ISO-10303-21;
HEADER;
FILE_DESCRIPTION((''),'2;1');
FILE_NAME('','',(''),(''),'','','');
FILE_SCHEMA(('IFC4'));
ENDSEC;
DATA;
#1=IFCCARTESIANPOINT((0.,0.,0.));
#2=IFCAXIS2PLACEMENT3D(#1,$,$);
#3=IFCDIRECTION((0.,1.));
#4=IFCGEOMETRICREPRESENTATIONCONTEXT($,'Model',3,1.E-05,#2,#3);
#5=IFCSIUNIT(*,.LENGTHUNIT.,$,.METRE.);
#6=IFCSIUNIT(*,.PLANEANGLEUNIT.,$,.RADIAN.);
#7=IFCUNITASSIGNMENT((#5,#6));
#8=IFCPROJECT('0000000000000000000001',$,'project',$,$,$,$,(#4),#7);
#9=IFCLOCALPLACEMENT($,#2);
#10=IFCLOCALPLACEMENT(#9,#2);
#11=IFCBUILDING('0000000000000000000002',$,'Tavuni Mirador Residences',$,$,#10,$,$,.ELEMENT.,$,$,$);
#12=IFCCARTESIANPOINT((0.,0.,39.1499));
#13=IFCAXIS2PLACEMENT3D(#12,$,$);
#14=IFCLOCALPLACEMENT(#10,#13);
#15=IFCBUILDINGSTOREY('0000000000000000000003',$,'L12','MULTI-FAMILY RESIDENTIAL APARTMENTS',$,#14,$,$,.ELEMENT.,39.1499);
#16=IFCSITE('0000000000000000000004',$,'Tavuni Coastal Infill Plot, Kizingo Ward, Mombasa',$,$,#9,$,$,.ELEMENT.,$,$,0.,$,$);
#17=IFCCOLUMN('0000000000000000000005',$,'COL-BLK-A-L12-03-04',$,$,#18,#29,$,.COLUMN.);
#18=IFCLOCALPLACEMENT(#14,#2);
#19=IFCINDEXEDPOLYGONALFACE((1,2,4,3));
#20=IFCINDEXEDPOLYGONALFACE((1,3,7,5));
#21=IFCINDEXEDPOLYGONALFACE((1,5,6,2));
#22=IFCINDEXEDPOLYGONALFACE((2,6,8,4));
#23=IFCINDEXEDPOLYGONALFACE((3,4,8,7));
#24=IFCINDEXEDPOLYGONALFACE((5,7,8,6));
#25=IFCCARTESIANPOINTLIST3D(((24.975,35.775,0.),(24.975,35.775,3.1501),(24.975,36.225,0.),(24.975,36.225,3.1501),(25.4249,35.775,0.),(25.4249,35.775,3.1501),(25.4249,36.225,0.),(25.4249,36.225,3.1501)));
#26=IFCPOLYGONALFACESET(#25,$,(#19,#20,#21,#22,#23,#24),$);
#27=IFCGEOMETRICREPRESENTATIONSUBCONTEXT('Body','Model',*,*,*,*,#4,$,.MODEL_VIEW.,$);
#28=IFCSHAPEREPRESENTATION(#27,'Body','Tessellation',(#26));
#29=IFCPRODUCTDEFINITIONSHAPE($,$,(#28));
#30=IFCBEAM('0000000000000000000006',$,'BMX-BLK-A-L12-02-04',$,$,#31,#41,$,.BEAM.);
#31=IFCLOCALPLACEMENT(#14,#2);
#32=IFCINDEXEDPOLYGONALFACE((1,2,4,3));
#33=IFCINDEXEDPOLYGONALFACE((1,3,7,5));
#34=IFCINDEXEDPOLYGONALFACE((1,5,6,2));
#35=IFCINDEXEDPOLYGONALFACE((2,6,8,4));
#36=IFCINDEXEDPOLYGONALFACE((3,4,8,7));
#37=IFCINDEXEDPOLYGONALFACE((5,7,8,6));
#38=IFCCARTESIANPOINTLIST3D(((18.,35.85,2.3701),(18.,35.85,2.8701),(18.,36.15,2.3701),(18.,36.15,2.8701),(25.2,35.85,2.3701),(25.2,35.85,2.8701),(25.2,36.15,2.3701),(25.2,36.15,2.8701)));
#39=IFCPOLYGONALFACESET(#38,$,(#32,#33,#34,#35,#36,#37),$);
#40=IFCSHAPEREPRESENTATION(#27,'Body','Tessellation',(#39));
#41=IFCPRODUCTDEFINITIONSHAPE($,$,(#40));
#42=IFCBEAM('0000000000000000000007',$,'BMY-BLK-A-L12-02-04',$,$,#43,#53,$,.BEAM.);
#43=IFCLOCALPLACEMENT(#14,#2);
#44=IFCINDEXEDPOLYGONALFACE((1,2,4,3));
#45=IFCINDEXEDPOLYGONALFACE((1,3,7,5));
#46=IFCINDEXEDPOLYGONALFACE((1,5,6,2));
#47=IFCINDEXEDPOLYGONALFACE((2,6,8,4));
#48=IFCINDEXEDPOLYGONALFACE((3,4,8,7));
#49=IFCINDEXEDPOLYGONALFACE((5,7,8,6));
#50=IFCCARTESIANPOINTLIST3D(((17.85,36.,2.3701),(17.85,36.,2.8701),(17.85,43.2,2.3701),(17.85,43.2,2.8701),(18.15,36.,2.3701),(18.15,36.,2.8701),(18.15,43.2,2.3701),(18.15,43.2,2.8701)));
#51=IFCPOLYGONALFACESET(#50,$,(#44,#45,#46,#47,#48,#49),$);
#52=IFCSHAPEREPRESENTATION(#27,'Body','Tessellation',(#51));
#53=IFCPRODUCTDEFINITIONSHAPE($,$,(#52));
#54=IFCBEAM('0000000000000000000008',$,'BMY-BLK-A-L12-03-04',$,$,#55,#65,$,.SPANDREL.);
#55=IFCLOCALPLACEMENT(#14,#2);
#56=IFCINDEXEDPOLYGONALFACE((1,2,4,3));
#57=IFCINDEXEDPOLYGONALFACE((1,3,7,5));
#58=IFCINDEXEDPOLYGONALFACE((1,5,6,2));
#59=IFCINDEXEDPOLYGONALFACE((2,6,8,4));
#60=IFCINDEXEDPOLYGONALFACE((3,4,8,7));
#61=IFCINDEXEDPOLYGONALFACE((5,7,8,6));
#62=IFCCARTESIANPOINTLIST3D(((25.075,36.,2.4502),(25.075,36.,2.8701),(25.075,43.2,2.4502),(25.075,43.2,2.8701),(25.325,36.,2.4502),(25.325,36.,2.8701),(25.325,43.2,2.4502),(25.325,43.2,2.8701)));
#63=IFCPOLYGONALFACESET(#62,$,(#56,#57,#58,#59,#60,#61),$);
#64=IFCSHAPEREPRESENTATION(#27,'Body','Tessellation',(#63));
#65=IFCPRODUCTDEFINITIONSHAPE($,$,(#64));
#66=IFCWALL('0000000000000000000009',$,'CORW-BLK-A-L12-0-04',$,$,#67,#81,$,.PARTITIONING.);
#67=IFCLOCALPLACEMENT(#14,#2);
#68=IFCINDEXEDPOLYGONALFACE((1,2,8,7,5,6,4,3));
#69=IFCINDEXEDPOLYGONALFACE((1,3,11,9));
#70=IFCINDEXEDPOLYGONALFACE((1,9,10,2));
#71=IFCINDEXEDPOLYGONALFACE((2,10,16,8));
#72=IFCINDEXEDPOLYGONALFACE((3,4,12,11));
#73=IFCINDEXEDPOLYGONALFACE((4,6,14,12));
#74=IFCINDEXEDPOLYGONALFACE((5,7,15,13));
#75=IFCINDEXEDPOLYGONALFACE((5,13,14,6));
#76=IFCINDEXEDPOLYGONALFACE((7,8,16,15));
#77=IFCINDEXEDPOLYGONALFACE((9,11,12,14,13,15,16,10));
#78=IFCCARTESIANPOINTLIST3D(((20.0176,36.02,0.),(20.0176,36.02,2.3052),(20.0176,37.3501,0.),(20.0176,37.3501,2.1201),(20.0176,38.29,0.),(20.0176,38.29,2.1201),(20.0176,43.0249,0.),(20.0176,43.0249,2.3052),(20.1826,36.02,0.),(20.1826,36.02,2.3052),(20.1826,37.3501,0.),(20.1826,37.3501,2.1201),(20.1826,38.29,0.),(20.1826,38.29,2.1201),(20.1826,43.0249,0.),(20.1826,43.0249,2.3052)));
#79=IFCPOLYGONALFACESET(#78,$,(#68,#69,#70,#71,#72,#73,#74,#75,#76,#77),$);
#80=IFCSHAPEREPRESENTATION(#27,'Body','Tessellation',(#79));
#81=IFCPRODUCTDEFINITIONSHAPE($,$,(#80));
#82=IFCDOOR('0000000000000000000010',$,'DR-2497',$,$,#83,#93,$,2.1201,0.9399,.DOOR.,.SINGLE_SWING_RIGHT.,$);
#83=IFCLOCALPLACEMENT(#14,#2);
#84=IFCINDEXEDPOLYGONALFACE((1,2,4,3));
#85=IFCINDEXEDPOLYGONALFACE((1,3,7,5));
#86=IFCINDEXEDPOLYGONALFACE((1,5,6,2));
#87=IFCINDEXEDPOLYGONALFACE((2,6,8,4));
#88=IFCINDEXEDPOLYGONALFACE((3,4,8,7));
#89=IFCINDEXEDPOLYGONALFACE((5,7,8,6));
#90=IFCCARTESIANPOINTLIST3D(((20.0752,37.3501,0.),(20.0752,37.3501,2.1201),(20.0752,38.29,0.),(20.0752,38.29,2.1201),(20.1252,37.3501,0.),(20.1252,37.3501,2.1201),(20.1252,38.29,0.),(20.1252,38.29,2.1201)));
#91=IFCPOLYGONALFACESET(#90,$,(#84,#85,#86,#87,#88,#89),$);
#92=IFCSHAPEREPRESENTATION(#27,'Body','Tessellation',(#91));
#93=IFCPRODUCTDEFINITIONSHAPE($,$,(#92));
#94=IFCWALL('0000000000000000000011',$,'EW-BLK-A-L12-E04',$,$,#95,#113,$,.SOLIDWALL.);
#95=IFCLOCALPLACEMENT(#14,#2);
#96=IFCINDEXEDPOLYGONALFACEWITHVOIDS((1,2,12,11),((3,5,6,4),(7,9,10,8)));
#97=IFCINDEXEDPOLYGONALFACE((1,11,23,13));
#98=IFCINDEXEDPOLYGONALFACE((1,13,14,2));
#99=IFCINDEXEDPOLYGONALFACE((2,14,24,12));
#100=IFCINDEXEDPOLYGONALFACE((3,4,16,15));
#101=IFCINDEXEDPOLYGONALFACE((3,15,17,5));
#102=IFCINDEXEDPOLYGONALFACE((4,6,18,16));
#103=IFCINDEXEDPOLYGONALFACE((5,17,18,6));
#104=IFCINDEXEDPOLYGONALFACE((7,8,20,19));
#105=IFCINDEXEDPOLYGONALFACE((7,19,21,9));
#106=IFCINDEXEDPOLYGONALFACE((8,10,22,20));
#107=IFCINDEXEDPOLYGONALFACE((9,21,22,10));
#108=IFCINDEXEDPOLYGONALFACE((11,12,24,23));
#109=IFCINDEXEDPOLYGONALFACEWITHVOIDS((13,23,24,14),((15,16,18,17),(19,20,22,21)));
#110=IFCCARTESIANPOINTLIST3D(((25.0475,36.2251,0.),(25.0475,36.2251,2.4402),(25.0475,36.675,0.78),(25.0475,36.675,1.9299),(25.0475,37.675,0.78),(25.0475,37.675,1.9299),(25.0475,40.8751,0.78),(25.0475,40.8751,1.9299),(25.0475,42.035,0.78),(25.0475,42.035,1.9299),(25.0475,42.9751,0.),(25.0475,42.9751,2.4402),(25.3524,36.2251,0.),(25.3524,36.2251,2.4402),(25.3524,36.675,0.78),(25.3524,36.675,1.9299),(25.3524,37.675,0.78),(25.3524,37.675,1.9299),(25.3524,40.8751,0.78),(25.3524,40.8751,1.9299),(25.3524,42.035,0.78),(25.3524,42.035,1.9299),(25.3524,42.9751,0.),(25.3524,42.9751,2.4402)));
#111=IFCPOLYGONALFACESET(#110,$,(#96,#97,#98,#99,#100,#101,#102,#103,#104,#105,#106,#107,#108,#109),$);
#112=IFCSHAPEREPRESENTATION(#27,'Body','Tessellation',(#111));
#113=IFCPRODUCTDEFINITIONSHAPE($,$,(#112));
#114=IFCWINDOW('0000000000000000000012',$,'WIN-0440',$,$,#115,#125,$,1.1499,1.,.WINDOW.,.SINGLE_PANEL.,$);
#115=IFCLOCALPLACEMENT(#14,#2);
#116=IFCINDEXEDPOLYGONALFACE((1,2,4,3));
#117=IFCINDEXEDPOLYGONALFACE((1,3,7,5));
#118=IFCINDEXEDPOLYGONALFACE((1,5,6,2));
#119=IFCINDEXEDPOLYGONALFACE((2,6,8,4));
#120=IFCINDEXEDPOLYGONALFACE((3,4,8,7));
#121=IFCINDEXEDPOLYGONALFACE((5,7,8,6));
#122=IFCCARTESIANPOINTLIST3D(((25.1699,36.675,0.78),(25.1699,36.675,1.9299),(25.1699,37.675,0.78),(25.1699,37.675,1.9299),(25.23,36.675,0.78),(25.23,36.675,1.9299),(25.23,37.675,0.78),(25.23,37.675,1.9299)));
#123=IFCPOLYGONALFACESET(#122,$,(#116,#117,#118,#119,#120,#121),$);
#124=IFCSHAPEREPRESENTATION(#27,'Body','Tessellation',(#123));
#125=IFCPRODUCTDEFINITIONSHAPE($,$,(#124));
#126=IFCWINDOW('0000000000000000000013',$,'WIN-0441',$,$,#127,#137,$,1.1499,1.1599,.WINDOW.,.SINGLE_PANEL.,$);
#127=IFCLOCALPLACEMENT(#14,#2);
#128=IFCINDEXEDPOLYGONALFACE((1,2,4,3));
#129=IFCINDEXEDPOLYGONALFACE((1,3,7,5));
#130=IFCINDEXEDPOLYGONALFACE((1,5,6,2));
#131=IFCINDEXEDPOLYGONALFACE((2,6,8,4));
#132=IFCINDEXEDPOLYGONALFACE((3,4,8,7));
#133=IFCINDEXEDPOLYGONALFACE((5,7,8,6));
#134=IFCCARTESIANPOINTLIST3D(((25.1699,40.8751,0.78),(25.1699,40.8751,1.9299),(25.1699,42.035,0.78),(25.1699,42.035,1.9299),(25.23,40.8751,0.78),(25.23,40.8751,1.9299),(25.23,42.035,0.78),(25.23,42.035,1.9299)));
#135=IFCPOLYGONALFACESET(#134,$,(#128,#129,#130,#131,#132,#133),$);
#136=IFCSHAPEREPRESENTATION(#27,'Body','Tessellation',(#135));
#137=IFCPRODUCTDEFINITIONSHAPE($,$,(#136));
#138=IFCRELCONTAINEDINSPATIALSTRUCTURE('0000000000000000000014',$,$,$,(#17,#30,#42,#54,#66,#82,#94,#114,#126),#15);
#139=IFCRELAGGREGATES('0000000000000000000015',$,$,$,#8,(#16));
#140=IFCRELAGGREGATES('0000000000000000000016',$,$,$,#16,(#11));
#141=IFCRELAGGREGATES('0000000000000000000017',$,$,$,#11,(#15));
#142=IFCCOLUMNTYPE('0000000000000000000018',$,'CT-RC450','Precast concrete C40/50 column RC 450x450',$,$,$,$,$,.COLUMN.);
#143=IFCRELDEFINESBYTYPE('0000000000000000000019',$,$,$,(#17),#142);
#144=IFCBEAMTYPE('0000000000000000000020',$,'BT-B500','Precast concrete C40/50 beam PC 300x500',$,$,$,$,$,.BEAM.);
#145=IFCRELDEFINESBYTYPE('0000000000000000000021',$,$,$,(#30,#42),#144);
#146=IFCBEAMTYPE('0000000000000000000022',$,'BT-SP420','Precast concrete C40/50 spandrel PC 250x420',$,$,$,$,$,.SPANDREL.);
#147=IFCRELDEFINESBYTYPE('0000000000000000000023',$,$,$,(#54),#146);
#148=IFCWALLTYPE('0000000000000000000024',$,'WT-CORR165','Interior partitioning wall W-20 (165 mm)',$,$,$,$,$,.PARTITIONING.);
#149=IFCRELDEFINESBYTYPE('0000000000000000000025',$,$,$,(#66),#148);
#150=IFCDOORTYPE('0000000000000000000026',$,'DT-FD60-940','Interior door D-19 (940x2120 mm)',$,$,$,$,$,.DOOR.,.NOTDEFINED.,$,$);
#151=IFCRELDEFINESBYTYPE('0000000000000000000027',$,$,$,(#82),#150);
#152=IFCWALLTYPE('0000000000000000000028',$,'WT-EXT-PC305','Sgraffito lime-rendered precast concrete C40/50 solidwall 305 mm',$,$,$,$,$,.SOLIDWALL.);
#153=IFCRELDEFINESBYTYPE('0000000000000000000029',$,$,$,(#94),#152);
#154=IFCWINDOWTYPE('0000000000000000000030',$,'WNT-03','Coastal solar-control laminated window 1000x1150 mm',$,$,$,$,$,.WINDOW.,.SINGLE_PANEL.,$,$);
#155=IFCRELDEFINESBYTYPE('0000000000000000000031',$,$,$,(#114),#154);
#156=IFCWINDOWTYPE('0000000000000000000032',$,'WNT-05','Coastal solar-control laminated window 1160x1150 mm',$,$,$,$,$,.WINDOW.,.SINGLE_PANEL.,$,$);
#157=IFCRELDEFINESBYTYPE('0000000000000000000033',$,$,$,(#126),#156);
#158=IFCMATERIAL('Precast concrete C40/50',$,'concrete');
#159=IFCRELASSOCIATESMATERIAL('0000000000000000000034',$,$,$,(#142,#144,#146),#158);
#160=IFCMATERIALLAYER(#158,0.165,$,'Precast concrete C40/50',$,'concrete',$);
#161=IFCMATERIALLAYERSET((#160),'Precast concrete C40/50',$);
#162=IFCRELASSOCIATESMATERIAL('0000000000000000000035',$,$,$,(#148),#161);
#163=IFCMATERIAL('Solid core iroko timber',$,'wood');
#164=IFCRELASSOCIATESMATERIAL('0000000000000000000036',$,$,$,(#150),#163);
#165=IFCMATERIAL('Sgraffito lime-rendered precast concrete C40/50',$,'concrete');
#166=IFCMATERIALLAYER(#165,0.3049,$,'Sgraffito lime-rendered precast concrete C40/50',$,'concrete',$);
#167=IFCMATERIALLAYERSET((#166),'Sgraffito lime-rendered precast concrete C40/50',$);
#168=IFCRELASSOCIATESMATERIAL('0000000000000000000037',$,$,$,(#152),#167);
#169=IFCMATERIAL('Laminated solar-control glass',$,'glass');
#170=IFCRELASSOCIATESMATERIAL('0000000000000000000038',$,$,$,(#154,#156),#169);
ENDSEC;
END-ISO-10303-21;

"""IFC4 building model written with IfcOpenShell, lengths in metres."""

from ifc_helpers import new_model, si_unit, direction, frame, frame_2d, origin, origin_2d, place, context, subcontext, project, spatial, rectangle, extrude, material, layer, layer_set, material_profile, profile_set, type_object, element, fill, save


model = new_model("IFC4")

# Units and contexts
model_context = context("Model", 3, precision=1e-05, world=origin(), true_north=direction((0.0, 1.0)))
body_context = subcontext(model_context, "Body", "Model", "MODEL_VIEW")
ifc_project = project(units=[si_unit("LENGTHUNIT", "METRE"), si_unit("PLANEANGLEUNIT", "RADIAN")], contexts=[model_context])

# Site, building, storey
site_placement = place(None, origin())
site = spatial("IfcSite", under=ifc_project, at=site_placement, Name="Tavuni Coastal Infill Plot, Kizingo Ward, Mombasa", CompositionType="ELEMENT", RefElevation=0.0)
building_placement = place(site_placement, origin())
building = spatial("IfcBuilding", under=site, at=building_placement, Name="Tavuni Mirador Residences", CompositionType="ELEMENT")
storey_placement = place(building_placement, frame((0.0, 0.0, 39.1499)))
storey = spatial("IfcBuildingStorey", under=building, at=storey_placement, Name="L12", Description="MULTI-FAMILY RESIDENTIAL APARTMENTS", CompositionType="ELEMENT", Elevation=39.1499)

# Column
ifc_material_1 = material(Name="Precast concrete C40/50", Category="concrete")
ifc_material_profile_1 = material_profile(ifc_material_1, rectangle(XDim=0.45, YDim=0.45, at=origin_2d()), Name="RC 450x450", Category="concrete")
ifc_profile_set_1 = profile_set([ifc_material_profile_1], Name="Precast concrete C40/50")
column_type = type_object("IfcColumnType", Name="CT-RC450", Description="Precast concrete C40/50 column RC 450x450", PredefinedType="COLUMN", material=ifc_profile_set_1)
column_placement = place(storey_placement, frame((25.2, 36.0, 0.0), z_axis=(0.0, 0.0, 1.0), x_axis=(1.0, 0.0, 0.0)))
element("IfcColumn", 1, at=column_placement, inside=storey, type_object=column_type, Name="COL-BLK-A-L12-03-04", PredefinedType="COLUMN", context=body_context, shape_type="SweptSolid", body=[
    extrude(rectangle(XDim=0.45, YDim=0.45, at=origin_2d()), origin(), (0.0, 0.0, 1.0), 3.1501),
])

# Beams
ifc_material_profile_2 = material_profile(ifc_material_1, rectangle(XDim=0.3, YDim=0.5, at=origin_2d()), Name="PC 300x500", Category="concrete")
ifc_profile_set_2 = profile_set([ifc_material_profile_2], Name="Precast concrete C40/50")
beam_type_1 = type_object("IfcBeamType", Name="BT-B500", Description="Precast concrete C40/50 beam PC 300x500", PredefinedType="BEAM", material=ifc_profile_set_2)
for number, where, z_axis, x_axis, name in (
    (2, (18.0, 36.0, 2.6201), (1.0, 0.0, 0.0), (0.0, 1.0, 0.0), "BMX-BLK-A-L12-02-04"),
    (3, (18.0, 36.0, 2.6201), (0.0, 1.0, 0.0), (-1.0, 0.0, 0.0), "BMY-BLK-A-L12-02-04"),
):
    element("IfcBeam", number, at=place(storey_placement, frame(where, z_axis=z_axis, x_axis=x_axis)), inside=storey, type_object=beam_type_1, Name=name, PredefinedType="BEAM", context=body_context, shape_type="SweptSolid", body=[
        extrude(rectangle(XDim=0.3, YDim=0.5, at=origin_2d()), origin(), (0.0, 0.0, 1.0), 7.2),
    ])
ifc_material_profile_3 = material_profile(ifc_material_1, rectangle(XDim=0.25, YDim=0.4199, at=origin_2d()), Name="PC 250x420", Category="concrete")
ifc_profile_set_3 = profile_set([ifc_material_profile_3], Name="Precast concrete C40/50")
beam_type_2 = type_object("IfcBeamType", Name="BT-SP420", Description="Precast concrete C40/50 spandrel PC 250x420", PredefinedType="SPANDREL", material=ifc_profile_set_3)
beam_placement = place(storey_placement, frame((25.2, 36.0, 2.6602), z_axis=(0.0, 1.0, 0.0), x_axis=(-1.0, 0.0, 0.0)))
element("IfcBeam", 4, at=beam_placement, inside=storey, type_object=beam_type_2, Name="BMY-BLK-A-L12-03-04", PredefinedType="SPANDREL", context=body_context, shape_type="SweptSolid", body=[
    extrude(rectangle(XDim=0.25, YDim=0.4199, at=origin_2d()), origin(), (0.0, 0.0, 1.0), 7.2),
])

# Wall, opening, door
ifc_layer_1 = layer(ifc_material_1, 0.165, Name="Precast concrete C40/50", Category="concrete")
ifc_layer_set_1 = layer_set([ifc_layer_1], Name="Precast concrete C40/50")
wall_type_1 = type_object("IfcWallType", Name="WT-CORR165", Description="Interior partitioning wall W-20 (165 mm)", PredefinedType="PARTITIONING", material=ifc_layer_set_1)
wall_1_placement = place(storey_placement, frame((20.1001, 36.02, 0.0), z_axis=(0.0, 0.0, 1.0), x_axis=(0.0, 1.0, 0.0)))
wall_1 = element("IfcWall", 5, at=wall_1_placement, inside=storey, type_object=wall_type_1, Name="CORW-BLK-A-L12-0-04", PredefinedType="PARTITIONING", context=body_context, shape_type="SweptSolid", body=[
    extrude(rectangle(XDim=7.0049, YDim=0.165, at=frame_2d((3.5024, 0.0))), origin(), (0.0, 0.0, 1.0), 2.3052),
])
opening_1_placement = place(wall_1_placement, frame((1.3301, 0.0, 0.0)))
opening_1 = element("IfcOpeningElement", 6, at=opening_1_placement, cuts=wall_1, PredefinedType="OPENING", context=body_context, shape_type="SweptSolid", body=[
    extrude(rectangle(XDim=0.9399, YDim=2.1201, at=frame_2d((0.47, 1.0601))), frame((0.0, 0.0925, 0.0), z_axis=(0.0, -1.0, 0.0), x_axis=(1.0, 0.0, 0.0)), (0.0, 0.0, 1.0), 0.1851),
])
ifc_material_2 = material(Name="Solid core iroko timber", Category="wood")
door_type_1 = type_object("IfcDoorType", Name="DT-FD60-940", Description="Interior door D-19 (940x2120 mm)", OperationType="NOTDEFINED", PredefinedType="DOOR", material=ifc_material_2)
door_1_placement = place(opening_1_placement, origin())
door_1 = element("IfcDoor", 7, at=door_1_placement, inside=storey, type_object=door_type_1, Name="DR-2497", OperationType="SINGLE_SWING_RIGHT", OverallHeight=2.1201, OverallWidth=0.9399, PredefinedType="DOOR", context=body_context, shape_type="SweptSolid", body=[
    extrude(rectangle(XDim=0.9399, YDim=2.1201, at=frame_2d((0.47, 1.0601))), frame((0.0, 0.0249, 0.0), z_axis=(0.0, -1.0, 0.0), x_axis=(1.0, 0.0, 0.0)), (0.0, 0.0, 1.0), 0.05),
])
fill(opening_1, door_1)

# Wall, openings, windows
ifc_material_3 = material(Name="Sgraffito lime-rendered precast concrete C40/50", Category="concrete")
ifc_layer_2 = layer(ifc_material_3, 0.3049, Name="Sgraffito lime-rendered precast concrete C40/50", Category="concrete")
ifc_layer_set_2 = layer_set([ifc_layer_2], Name="Sgraffito lime-rendered precast concrete C40/50")
wall_type_2 = type_object("IfcWallType", Name="WT-EXT-PC305", Description="Sgraffito lime-rendered precast concrete C40/50 solidwall 305 mm", PredefinedType="SOLIDWALL", material=ifc_layer_set_2)
wall_2_placement = place(storey_placement, frame((25.2, 36.2251, 0.0), z_axis=(0.0, 0.0, 1.0), x_axis=(0.0, 1.0, 0.0)))
wall_2 = element("IfcWall", 8, at=wall_2_placement, inside=storey, type_object=wall_type_2, Name="EW-BLK-A-L12-E04", PredefinedType="SOLIDWALL", context=body_context, shape_type="SweptSolid", body=[
    extrude(rectangle(XDim=6.75, YDim=0.3049, at=frame_2d((3.375, 0.0))), origin(), (0.0, 0.0, 1.0), 2.4402),
])
opening_2_placement = place(wall_2_placement, frame((0.45, 0.0, 0.78)))
opening_2 = element("IfcOpeningElement", 9, at=opening_2_placement, cuts=wall_2, PredefinedType="OPENING", context=body_context, shape_type="SweptSolid", body=[
    extrude(rectangle(XDim=1.0, YDim=1.1499, at=frame_2d((0.5, 0.575))), frame((0.0, 0.1626, 0.0), z_axis=(0.0, -1.0, 0.0), x_axis=(1.0, 0.0, 0.0)), (0.0, 0.0, 1.0), 0.325),
])
opening_3_placement = place(wall_2_placement, frame((4.6499, 0.0, 0.78)))
opening_3 = element("IfcOpeningElement", 10, at=opening_3_placement, cuts=wall_2, PredefinedType="OPENING", context=body_context, shape_type="SweptSolid", body=[
    extrude(rectangle(XDim=1.1599, YDim=1.1499, at=frame_2d((0.5801, 0.575))), frame((0.0, 0.1626, 0.0), z_axis=(0.0, -1.0, 0.0), x_axis=(1.0, 0.0, 0.0)), (0.0, 0.0, 1.0), 0.325),
])
ifc_material_4 = material(Name="Laminated solar-control glass", Category="glass")
window_type_1 = type_object("IfcWindowType", Name="WNT-03", Description="Coastal solar-control laminated window 1000x1150 mm", PartitioningType="SINGLE_PANEL", PredefinedType="WINDOW", material=ifc_material_4)
window_1_placement = place(opening_2_placement, origin())
window_1 = element("IfcWindow", 11, at=window_1_placement, inside=storey, type_object=window_type_1, Name="WIN-0440", OverallHeight=1.1499, OverallWidth=1.0, PartitioningType="SINGLE_PANEL", PredefinedType="WINDOW", context=body_context, shape_type="SweptSolid", body=[
    extrude(rectangle(XDim=1.0, YDim=1.1499, at=frame_2d((0.5, 0.575))), frame((0.0, 0.03, 0.0), z_axis=(0.0, -1.0, 0.0), x_axis=(1.0, 0.0, 0.0)), (0.0, 0.0, 1.0), 0.0601),
])
fill(opening_2, window_1)
window_type_2 = type_object("IfcWindowType", Name="WNT-05", Description="Coastal solar-control laminated window 1160x1150 mm", PartitioningType="SINGLE_PANEL", PredefinedType="WINDOW", material=ifc_material_4)
window_2_placement = place(opening_3_placement, origin())
window_2 = element("IfcWindow", 12, at=window_2_placement, inside=storey, type_object=window_type_2, Name="WIN-0441", OverallHeight=1.1499, OverallWidth=1.1599, PartitioningType="SINGLE_PANEL", PredefinedType="WINDOW", context=body_context, shape_type="SweptSolid", body=[
    extrude(rectangle(XDim=1.1599, YDim=1.1499, at=frame_2d((0.5801, 0.575))), frame((0.0, 0.03, 0.0), z_axis=(0.0, -1.0, 0.0), x_axis=(1.0, 0.0, 0.0)), (0.0, 0.0, 1.0), 0.0601),
])
fill(opening_3, window_2)

save(model, "model.ifc")
